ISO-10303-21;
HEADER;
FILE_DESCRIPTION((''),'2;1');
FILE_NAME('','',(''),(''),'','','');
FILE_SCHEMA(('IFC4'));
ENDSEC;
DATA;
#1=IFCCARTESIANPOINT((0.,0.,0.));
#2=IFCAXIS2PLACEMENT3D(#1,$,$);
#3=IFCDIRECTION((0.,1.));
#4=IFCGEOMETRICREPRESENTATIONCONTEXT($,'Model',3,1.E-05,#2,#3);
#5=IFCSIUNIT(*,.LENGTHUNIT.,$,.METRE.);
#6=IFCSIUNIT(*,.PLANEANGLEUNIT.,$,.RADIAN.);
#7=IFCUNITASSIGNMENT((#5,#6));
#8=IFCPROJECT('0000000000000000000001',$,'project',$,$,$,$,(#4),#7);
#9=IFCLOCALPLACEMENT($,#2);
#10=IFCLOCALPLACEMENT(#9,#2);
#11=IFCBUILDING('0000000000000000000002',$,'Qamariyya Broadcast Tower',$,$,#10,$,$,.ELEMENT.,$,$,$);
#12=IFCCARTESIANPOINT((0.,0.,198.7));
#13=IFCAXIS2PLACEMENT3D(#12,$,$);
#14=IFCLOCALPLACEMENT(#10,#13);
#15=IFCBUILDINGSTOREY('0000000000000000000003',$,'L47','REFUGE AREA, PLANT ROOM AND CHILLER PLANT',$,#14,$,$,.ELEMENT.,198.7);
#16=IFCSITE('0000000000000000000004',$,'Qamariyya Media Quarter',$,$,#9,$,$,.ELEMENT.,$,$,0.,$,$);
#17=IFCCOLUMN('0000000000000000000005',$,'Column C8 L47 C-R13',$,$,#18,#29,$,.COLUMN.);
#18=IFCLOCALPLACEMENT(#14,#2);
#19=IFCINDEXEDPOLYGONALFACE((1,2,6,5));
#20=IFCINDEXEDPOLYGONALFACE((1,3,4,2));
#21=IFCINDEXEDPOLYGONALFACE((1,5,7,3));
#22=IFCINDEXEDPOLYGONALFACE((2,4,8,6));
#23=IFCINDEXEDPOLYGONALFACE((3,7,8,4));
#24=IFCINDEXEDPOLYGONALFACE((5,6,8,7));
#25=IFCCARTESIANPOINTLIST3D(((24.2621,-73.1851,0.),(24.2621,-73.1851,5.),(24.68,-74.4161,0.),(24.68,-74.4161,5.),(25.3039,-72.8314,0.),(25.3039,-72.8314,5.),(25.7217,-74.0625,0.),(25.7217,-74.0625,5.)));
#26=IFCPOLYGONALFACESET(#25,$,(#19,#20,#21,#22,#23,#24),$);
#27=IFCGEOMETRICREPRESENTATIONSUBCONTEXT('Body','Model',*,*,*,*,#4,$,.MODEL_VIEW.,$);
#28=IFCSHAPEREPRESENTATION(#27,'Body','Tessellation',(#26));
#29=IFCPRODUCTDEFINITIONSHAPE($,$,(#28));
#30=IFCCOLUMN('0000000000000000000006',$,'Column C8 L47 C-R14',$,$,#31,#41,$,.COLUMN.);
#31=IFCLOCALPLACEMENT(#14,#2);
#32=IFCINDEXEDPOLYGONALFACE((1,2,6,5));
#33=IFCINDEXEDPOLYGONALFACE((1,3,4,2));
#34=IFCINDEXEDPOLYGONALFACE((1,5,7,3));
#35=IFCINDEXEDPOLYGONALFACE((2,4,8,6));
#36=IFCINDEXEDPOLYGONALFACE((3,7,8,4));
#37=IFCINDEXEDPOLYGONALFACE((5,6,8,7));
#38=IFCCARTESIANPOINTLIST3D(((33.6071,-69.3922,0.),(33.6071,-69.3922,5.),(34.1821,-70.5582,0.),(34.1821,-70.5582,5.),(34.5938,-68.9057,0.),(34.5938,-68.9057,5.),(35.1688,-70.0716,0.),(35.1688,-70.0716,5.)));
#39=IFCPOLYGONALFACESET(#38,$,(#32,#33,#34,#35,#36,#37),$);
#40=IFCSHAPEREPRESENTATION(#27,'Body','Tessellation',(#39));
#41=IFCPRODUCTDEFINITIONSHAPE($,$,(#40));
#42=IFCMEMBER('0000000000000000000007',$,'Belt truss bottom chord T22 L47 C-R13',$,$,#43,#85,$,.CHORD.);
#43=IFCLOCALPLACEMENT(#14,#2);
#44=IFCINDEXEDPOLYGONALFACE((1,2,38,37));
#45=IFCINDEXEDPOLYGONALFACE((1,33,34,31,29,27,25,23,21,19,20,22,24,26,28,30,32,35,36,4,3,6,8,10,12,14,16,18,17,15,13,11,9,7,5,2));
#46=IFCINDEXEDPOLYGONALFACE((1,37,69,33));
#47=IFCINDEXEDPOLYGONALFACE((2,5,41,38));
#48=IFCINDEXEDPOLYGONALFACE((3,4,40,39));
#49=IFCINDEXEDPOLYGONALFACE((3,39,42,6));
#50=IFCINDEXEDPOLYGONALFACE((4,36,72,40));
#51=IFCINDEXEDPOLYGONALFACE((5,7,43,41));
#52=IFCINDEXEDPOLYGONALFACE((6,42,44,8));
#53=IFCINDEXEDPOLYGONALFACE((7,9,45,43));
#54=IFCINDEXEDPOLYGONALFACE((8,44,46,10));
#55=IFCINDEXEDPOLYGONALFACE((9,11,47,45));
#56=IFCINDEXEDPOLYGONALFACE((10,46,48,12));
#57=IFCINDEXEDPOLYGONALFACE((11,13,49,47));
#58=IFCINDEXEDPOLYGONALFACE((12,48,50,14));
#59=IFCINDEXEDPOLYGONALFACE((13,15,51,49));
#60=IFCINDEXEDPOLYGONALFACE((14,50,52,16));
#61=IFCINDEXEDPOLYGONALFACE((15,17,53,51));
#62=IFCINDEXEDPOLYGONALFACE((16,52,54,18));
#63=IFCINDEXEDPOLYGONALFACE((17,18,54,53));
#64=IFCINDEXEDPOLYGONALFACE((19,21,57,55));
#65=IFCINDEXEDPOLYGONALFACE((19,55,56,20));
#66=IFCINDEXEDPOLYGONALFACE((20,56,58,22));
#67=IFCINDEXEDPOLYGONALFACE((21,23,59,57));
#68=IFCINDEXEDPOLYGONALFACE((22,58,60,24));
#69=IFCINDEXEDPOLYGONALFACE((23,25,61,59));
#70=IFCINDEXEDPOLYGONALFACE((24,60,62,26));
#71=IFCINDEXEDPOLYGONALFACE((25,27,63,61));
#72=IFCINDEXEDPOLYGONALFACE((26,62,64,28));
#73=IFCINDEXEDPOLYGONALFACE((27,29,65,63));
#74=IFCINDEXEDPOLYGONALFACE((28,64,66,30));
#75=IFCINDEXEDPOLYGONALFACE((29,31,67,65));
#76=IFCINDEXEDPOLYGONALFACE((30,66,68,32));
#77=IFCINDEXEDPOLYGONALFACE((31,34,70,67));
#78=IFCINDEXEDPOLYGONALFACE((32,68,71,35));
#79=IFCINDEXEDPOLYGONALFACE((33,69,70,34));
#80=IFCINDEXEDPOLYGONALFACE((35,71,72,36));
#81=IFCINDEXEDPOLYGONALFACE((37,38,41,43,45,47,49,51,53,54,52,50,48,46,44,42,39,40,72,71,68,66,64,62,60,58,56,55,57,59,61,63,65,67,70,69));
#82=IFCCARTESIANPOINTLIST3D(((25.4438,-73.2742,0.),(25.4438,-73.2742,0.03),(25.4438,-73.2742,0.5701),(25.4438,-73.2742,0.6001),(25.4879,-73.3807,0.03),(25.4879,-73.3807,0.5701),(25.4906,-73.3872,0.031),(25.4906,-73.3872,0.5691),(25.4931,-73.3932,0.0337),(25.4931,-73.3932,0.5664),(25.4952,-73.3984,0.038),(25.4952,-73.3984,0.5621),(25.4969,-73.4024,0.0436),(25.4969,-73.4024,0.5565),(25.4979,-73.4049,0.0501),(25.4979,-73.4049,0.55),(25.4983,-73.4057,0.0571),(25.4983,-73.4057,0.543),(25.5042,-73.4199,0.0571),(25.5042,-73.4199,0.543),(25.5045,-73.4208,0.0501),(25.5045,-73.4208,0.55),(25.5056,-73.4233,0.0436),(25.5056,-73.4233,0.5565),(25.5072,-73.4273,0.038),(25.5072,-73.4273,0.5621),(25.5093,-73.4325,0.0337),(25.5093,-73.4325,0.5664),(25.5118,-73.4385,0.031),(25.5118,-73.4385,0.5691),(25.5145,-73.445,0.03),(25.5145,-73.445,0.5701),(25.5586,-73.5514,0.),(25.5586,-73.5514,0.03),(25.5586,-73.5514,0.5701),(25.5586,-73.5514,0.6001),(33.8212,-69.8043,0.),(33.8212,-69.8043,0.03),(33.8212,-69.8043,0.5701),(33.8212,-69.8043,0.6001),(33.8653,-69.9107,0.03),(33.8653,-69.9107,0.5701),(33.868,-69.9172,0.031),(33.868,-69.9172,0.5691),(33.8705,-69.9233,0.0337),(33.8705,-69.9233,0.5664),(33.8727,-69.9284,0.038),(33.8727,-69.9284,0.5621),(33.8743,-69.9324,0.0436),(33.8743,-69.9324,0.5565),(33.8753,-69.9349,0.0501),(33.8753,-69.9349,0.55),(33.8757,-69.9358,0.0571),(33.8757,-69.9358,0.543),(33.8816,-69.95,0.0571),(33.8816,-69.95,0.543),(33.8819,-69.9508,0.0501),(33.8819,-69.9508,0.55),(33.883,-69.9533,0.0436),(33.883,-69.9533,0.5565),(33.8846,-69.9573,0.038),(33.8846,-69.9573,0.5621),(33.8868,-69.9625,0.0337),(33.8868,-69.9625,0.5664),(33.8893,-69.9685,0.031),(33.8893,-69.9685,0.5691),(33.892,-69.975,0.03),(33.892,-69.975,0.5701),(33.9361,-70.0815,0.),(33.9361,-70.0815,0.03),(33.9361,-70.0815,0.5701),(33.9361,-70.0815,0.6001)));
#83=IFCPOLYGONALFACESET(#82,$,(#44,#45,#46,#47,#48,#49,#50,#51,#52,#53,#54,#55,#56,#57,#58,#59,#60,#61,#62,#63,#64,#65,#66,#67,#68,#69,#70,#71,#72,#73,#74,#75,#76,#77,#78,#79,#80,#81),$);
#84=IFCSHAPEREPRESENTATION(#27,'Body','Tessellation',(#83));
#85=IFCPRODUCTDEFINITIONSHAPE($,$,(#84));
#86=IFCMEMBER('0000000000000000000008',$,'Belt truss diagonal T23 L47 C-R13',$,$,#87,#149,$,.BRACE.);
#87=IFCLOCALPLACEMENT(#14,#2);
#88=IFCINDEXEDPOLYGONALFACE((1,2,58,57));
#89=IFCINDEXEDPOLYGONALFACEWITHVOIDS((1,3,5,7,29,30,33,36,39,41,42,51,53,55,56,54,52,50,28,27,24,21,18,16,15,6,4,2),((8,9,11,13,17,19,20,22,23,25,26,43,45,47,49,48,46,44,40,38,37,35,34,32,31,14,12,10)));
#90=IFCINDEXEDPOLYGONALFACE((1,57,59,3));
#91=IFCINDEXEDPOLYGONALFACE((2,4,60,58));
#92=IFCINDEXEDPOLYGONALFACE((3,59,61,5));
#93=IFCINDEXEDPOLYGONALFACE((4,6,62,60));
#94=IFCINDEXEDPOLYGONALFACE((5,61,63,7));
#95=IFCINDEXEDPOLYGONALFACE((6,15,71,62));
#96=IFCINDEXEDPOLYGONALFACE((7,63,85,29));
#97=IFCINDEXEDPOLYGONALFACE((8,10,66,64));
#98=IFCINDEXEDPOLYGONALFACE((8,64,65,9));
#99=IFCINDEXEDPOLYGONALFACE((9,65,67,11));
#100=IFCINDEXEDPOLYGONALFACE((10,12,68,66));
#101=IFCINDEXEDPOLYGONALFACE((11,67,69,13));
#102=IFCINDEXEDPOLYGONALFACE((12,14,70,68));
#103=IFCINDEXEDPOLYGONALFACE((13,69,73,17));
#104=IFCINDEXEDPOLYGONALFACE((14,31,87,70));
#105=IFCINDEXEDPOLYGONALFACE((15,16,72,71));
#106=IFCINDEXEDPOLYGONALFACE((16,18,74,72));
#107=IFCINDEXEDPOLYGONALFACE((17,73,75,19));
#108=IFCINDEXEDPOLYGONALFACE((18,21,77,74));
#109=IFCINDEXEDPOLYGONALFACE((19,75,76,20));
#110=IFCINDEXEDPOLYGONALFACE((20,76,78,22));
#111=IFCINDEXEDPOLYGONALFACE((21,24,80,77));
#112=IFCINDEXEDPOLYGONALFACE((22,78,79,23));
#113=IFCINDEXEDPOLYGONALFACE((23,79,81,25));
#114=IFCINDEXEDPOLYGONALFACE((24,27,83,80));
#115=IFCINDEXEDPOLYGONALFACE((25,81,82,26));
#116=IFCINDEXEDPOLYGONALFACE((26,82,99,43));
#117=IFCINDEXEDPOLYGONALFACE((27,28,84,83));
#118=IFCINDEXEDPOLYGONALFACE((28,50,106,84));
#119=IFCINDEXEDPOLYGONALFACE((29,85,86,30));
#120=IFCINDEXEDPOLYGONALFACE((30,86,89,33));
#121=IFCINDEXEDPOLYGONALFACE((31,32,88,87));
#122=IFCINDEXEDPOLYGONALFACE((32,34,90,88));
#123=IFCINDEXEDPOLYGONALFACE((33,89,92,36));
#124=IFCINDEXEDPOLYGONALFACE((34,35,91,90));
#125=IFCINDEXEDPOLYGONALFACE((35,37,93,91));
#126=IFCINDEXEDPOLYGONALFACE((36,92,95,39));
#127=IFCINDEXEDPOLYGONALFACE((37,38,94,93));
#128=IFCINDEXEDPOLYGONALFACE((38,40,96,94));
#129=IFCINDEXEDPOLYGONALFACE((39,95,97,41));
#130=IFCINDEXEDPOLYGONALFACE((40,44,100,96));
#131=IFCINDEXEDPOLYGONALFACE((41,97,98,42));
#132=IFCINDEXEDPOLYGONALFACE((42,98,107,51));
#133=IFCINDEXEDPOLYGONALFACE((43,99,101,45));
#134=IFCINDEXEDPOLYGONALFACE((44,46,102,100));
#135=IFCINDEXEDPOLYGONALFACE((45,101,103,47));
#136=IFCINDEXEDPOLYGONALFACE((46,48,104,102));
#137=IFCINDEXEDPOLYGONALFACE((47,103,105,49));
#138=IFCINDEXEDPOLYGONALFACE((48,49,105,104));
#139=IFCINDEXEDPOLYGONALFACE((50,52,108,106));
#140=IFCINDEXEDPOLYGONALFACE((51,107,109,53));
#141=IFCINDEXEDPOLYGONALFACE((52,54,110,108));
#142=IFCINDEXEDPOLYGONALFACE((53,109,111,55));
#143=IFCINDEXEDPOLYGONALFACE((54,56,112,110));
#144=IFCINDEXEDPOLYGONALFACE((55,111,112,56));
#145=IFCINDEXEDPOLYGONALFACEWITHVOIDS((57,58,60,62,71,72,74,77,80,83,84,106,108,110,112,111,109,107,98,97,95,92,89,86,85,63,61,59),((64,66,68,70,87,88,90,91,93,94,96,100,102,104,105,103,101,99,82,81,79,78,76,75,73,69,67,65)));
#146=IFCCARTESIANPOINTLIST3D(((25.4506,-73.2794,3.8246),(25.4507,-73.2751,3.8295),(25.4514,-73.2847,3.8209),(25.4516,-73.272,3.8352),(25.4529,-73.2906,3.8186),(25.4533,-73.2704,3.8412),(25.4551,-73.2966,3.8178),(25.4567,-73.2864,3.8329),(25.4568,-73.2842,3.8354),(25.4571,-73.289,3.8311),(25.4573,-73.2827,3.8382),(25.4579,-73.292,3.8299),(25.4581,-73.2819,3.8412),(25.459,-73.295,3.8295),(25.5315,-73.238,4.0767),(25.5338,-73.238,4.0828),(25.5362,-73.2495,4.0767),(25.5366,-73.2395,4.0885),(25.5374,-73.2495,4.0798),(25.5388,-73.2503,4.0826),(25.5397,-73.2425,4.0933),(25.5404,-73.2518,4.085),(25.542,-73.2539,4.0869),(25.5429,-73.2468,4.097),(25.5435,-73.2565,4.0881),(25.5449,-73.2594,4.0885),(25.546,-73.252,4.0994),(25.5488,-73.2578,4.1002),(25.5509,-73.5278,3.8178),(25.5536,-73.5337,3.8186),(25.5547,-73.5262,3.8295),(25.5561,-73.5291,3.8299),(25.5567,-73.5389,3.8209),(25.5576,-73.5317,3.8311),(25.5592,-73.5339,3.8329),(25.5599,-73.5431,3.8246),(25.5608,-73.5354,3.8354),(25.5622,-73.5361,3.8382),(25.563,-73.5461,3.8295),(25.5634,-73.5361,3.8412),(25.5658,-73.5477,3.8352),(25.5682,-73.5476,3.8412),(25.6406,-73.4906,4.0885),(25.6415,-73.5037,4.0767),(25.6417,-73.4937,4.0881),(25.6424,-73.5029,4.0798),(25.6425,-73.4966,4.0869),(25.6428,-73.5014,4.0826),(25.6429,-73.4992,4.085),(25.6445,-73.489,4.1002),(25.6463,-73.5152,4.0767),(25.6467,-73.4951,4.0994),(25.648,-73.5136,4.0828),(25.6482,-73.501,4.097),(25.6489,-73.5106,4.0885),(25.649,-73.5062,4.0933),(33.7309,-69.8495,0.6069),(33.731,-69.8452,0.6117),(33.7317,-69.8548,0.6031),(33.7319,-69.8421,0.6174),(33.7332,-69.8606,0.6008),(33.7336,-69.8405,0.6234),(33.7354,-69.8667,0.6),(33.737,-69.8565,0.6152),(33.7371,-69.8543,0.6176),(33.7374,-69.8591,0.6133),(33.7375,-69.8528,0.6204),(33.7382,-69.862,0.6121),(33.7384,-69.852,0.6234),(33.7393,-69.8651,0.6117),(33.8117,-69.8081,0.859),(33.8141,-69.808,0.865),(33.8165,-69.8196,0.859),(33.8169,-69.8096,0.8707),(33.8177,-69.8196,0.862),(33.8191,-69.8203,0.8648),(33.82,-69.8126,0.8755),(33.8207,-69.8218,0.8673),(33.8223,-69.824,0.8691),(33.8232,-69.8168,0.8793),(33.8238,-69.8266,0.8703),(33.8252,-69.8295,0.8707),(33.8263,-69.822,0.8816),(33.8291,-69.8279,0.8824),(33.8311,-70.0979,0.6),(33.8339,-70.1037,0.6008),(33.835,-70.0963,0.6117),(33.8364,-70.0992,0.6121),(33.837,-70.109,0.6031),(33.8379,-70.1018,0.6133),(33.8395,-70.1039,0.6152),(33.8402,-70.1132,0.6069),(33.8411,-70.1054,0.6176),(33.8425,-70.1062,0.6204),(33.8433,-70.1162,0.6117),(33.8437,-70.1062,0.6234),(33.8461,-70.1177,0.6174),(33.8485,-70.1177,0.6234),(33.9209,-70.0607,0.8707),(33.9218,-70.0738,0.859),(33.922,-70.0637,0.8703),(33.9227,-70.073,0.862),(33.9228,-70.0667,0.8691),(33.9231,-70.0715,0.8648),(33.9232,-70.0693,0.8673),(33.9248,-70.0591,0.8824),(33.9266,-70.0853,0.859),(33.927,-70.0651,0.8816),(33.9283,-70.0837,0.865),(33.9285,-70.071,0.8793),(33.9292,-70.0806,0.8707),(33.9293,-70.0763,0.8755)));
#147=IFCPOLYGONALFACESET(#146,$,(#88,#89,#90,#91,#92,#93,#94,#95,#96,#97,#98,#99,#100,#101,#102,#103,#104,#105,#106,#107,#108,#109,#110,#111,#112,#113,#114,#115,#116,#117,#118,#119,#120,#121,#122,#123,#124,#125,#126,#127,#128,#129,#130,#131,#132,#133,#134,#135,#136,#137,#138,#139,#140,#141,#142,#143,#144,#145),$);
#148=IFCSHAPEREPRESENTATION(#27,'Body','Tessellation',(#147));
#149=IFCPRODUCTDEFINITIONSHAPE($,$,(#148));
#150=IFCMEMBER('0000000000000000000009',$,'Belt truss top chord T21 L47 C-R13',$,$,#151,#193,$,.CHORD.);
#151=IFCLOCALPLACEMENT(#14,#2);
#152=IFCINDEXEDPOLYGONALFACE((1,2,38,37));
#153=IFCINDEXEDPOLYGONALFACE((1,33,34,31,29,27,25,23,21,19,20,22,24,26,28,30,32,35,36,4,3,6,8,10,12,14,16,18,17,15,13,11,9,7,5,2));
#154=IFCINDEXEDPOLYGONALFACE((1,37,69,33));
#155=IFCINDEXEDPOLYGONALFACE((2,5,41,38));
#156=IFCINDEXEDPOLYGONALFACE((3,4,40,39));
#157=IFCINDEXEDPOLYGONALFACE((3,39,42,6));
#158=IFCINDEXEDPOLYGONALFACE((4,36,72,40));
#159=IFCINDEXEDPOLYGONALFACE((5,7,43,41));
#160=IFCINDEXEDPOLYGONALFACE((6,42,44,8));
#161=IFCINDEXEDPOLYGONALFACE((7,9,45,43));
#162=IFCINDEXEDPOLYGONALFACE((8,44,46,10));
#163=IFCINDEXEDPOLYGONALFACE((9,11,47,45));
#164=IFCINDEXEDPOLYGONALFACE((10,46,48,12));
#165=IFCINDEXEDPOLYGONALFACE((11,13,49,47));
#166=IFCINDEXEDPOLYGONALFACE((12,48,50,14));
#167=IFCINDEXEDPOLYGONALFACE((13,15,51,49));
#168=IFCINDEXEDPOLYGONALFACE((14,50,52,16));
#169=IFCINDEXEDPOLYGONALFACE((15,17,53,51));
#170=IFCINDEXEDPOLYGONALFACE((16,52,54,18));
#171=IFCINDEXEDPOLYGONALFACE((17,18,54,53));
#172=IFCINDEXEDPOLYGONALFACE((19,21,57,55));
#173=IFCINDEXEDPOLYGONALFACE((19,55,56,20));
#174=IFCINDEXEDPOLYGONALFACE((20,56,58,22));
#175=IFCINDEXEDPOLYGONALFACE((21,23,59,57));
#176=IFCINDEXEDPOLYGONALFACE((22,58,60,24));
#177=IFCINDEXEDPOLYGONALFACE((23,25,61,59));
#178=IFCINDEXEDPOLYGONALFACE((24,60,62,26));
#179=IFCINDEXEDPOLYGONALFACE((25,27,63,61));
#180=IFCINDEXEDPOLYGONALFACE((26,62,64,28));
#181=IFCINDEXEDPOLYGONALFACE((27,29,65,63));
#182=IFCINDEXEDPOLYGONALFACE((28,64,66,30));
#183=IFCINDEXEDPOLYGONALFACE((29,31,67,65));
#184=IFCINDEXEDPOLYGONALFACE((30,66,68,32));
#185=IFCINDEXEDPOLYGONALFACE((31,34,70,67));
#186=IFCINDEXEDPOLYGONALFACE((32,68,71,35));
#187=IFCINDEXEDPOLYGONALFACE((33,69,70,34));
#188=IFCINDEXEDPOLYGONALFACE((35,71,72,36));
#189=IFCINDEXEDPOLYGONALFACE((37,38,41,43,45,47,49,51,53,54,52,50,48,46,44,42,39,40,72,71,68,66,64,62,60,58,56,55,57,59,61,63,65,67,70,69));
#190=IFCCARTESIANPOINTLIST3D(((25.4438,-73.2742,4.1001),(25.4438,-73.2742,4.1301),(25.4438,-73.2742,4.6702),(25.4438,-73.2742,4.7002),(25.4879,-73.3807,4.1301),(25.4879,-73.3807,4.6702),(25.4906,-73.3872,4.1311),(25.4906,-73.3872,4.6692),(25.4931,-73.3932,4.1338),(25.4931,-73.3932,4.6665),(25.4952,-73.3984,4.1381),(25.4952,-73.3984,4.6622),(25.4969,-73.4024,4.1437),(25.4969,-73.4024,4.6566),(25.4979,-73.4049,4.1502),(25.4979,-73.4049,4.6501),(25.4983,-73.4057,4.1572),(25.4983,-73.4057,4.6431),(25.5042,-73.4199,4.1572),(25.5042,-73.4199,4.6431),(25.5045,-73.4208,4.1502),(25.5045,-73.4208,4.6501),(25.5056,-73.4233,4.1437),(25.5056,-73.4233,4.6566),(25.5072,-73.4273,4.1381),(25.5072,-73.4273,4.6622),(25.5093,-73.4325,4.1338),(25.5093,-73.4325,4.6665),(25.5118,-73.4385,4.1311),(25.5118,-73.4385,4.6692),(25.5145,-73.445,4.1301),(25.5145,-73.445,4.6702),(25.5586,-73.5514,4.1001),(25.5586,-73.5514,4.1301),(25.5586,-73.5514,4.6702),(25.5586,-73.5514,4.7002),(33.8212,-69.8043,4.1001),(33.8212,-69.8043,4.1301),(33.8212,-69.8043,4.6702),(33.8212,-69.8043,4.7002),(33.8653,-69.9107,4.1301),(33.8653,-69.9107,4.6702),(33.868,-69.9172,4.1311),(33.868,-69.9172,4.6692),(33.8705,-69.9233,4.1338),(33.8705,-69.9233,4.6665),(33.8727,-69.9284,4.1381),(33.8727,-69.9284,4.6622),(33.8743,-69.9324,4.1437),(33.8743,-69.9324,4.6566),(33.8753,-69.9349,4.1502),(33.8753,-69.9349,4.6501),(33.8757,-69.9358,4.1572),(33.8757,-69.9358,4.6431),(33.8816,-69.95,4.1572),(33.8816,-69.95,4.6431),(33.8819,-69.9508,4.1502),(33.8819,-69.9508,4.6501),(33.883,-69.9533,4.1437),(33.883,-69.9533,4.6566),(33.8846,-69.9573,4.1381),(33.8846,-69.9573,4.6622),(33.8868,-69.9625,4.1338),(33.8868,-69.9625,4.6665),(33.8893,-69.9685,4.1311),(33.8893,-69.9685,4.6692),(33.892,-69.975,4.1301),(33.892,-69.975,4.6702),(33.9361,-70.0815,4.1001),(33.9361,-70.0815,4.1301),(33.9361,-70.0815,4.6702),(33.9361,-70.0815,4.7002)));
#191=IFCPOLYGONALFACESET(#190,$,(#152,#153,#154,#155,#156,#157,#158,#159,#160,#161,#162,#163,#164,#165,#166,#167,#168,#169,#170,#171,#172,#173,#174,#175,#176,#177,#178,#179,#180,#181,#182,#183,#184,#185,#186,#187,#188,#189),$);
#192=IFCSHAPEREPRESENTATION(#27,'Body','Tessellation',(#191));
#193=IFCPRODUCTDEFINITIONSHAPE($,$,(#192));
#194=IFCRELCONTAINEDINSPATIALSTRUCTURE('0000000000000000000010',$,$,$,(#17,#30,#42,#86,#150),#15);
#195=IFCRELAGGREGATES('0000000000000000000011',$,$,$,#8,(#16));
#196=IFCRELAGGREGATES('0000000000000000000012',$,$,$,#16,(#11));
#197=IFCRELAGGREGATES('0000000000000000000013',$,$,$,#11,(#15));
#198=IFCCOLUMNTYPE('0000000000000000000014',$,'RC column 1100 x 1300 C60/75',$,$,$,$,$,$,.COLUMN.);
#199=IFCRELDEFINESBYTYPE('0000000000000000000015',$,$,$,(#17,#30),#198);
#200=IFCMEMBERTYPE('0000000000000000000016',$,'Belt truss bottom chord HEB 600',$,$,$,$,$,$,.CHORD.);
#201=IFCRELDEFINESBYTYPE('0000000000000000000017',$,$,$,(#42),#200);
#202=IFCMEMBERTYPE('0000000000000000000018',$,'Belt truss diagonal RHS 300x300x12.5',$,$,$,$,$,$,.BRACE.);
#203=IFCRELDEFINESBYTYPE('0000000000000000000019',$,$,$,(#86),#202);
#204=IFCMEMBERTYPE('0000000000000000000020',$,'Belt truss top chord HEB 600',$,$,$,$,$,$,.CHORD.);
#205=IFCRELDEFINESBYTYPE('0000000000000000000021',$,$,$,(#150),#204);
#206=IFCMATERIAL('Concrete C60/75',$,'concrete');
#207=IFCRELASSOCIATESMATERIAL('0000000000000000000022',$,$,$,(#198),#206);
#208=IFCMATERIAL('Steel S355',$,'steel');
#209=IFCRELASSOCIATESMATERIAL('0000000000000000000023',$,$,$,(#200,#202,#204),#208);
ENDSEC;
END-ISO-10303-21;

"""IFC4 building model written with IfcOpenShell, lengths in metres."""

from ifc_helpers import new_model, si_unit, direction, frame, origin, origin_2d, place, context, subcontext, project, spatial, rectangle, hollow_rectangle, i_section, extrude, material, material_profile, profile_set, type_object, element, save


model = new_model("IFC4")

# Units and contexts
model_context = context("Model", 3, precision=1e-05, world=origin(), true_north=direction((0.0, 1.0)))
body_context = subcontext(model_context, "Body", "Model", "MODEL_VIEW")
ifc_project = project(units=[si_unit("LENGTHUNIT", "METRE"), si_unit("PLANEANGLEUNIT", "RADIAN")], contexts=[model_context])

# Site, building, storey
site_placement = place(None, origin())
site = spatial("IfcSite", under=ifc_project, at=site_placement, Name="Qamariyya Media Quarter", CompositionType="ELEMENT", RefElevation=0.0)
building_placement = place(site_placement, origin())
building = spatial("IfcBuilding", under=site, at=building_placement, Name="Qamariyya Broadcast Tower", CompositionType="ELEMENT")
storey_placement = place(building_placement, frame((0.0, 0.0, 198.7)))
storey = spatial("IfcBuildingStorey", under=building, at=storey_placement, Name="L47", Description="REFUGE AREA, PLANT ROOM AND CHILLER PLANT", CompositionType="ELEMENT", Elevation=198.7)

# Columns
ifc_material_1 = material(Name="Concrete C60/75", Category="concrete")
ifc_material_profile_1 = material_profile(ifc_material_1, rectangle(XDim=1.1001, YDim=1.3, at=origin_2d()))
ifc_profile_set_1 = profile_set([ifc_material_profile_1], Name="Concrete C60/75")
column_type = type_object("IfcColumnType", Name="RC column 1100 x 1300 C60/75", PredefinedType="COLUMN", material=ifc_profile_set_1)
for number, where, z_axis, x_axis, name in (
    (1, (24.9919, -73.6238, 0.0), (0.0, 0.0, 1.0), (0.94693, 0.321439, 0.0), "Column C8 L47 C-R13"),
    (2, (34.3879, -69.7319, 0.0), (0.0, 0.0, 1.0), (0.896873, 0.442289, 0.0), "Column C8 L47 C-R14"),
):
    element("IfcColumn", number, at=place(storey_placement, frame(where, z_axis=z_axis, x_axis=x_axis)), inside=storey, type_object=column_type, Name=name, PredefinedType="COLUMN", context=body_context, shape_type="SweptSolid", body=[
        extrude(rectangle(XDim=1.1001, YDim=1.3, at=origin_2d()), origin(), (0.0, 0.0, 1.0), 5.0),
    ])

# Members
ifc_material_2 = material(Name="Steel S355", Category="steel")
ifc_material_profile_2 = material_profile(ifc_material_2, i_section(OverallWidth=0.3, OverallDepth=0.6001, WebThickness=0.0154, FlangeThickness=0.03, FilletRadius=0.0271, at=origin_2d()))
ifc_profile_set_2 = profile_set([ifc_material_profile_2], Name="Steel S355")
member_type_1 = type_object("IfcMemberType", Name="Belt truss bottom chord HEB 600", PredefinedType="CHORD", material=ifc_profile_set_2)
member_1_placement = place(storey_placement, frame((25.5012, -73.4128, 0.3), z_axis=(0.923883, 0.382676, 0.0), x_axis=(-0.382676, 0.923883, 0.0)))
element("IfcMember", 3, at=member_1_placement, inside=storey, type_object=member_type_1, Name="Belt truss bottom chord T22 L47 C-R13", PredefinedType="CHORD", context=body_context, shape_type="SweptSolid", body=[
    extrude(i_section(OverallWidth=0.3, OverallDepth=0.6001, WebThickness=0.0154, FlangeThickness=0.03, FilletRadius=0.0271, at=origin_2d()), origin(), (0.0, 0.0, 1.0), 9.0676),
])
ifc_material_profile_3 = material_profile(ifc_material_2, hollow_rectangle(XDim=0.3, YDim=0.3, WallThickness=0.0125, InnerFilletRadius=0.0125, OuterFilletRadius=0.0249, at=origin_2d()))
ifc_profile_set_3 = profile_set([ifc_material_profile_3], Name="Steel S355")
member_type_2 = type_object("IfcMemberType", Name="Belt truss diagonal RHS 300x300x12.5", PredefinedType="BRACE", material=ifc_profile_set_3)
member_2_placement = place(storey_placement, frame((25.5498, -73.3928, 3.959), z_axis=(0.869532, 0.360186, -0.337906), x_axis=(-0.382696, 0.923874, 0.0)))
element("IfcMember", 4, at=member_2_placement, inside=storey, type_object=member_type_2, Name="Belt truss diagonal T23 L47 C-R13", PredefinedType="BRACE", context=body_context, shape_type="SweptSolid", body=[
    extrude(hollow_rectangle(XDim=0.3, YDim=0.3, WallThickness=0.0125, InnerFilletRadius=0.0125, OuterFilletRadius=0.0249, at=origin_2d()), origin(), (0.0, 0.0, 1.0), 9.5227),
])
ifc_material_profile_4 = material_profile(ifc_material_2, i_section(OverallWidth=0.3, OverallDepth=0.6001, WebThickness=0.0154, FlangeThickness=0.03, FilletRadius=0.0271, at=origin_2d()))
ifc_profile_set_4 = profile_set([ifc_material_profile_4], Name="Steel S355")
member_type_3 = type_object("IfcMemberType", Name="Belt truss top chord HEB 600", PredefinedType="CHORD", material=ifc_profile_set_4)
member_3_placement = place(storey_placement, frame((25.5012, -73.4128, 4.4001), z_axis=(0.923883, 0.382676, 0.0), x_axis=(-0.382676, 0.923883, 0.0)))
element("IfcMember", 5, at=member_3_placement, inside=storey, type_object=member_type_3, Name="Belt truss top chord T21 L47 C-R13", PredefinedType="CHORD", context=body_context, shape_type="SweptSolid", body=[
    extrude(i_section(OverallWidth=0.3, OverallDepth=0.6001, WebThickness=0.0154, FlangeThickness=0.03, FilletRadius=0.0271, at=origin_2d()), origin(), (0.0, 0.0, 1.0), 9.0676),
])

save(model, "model.ifc")
